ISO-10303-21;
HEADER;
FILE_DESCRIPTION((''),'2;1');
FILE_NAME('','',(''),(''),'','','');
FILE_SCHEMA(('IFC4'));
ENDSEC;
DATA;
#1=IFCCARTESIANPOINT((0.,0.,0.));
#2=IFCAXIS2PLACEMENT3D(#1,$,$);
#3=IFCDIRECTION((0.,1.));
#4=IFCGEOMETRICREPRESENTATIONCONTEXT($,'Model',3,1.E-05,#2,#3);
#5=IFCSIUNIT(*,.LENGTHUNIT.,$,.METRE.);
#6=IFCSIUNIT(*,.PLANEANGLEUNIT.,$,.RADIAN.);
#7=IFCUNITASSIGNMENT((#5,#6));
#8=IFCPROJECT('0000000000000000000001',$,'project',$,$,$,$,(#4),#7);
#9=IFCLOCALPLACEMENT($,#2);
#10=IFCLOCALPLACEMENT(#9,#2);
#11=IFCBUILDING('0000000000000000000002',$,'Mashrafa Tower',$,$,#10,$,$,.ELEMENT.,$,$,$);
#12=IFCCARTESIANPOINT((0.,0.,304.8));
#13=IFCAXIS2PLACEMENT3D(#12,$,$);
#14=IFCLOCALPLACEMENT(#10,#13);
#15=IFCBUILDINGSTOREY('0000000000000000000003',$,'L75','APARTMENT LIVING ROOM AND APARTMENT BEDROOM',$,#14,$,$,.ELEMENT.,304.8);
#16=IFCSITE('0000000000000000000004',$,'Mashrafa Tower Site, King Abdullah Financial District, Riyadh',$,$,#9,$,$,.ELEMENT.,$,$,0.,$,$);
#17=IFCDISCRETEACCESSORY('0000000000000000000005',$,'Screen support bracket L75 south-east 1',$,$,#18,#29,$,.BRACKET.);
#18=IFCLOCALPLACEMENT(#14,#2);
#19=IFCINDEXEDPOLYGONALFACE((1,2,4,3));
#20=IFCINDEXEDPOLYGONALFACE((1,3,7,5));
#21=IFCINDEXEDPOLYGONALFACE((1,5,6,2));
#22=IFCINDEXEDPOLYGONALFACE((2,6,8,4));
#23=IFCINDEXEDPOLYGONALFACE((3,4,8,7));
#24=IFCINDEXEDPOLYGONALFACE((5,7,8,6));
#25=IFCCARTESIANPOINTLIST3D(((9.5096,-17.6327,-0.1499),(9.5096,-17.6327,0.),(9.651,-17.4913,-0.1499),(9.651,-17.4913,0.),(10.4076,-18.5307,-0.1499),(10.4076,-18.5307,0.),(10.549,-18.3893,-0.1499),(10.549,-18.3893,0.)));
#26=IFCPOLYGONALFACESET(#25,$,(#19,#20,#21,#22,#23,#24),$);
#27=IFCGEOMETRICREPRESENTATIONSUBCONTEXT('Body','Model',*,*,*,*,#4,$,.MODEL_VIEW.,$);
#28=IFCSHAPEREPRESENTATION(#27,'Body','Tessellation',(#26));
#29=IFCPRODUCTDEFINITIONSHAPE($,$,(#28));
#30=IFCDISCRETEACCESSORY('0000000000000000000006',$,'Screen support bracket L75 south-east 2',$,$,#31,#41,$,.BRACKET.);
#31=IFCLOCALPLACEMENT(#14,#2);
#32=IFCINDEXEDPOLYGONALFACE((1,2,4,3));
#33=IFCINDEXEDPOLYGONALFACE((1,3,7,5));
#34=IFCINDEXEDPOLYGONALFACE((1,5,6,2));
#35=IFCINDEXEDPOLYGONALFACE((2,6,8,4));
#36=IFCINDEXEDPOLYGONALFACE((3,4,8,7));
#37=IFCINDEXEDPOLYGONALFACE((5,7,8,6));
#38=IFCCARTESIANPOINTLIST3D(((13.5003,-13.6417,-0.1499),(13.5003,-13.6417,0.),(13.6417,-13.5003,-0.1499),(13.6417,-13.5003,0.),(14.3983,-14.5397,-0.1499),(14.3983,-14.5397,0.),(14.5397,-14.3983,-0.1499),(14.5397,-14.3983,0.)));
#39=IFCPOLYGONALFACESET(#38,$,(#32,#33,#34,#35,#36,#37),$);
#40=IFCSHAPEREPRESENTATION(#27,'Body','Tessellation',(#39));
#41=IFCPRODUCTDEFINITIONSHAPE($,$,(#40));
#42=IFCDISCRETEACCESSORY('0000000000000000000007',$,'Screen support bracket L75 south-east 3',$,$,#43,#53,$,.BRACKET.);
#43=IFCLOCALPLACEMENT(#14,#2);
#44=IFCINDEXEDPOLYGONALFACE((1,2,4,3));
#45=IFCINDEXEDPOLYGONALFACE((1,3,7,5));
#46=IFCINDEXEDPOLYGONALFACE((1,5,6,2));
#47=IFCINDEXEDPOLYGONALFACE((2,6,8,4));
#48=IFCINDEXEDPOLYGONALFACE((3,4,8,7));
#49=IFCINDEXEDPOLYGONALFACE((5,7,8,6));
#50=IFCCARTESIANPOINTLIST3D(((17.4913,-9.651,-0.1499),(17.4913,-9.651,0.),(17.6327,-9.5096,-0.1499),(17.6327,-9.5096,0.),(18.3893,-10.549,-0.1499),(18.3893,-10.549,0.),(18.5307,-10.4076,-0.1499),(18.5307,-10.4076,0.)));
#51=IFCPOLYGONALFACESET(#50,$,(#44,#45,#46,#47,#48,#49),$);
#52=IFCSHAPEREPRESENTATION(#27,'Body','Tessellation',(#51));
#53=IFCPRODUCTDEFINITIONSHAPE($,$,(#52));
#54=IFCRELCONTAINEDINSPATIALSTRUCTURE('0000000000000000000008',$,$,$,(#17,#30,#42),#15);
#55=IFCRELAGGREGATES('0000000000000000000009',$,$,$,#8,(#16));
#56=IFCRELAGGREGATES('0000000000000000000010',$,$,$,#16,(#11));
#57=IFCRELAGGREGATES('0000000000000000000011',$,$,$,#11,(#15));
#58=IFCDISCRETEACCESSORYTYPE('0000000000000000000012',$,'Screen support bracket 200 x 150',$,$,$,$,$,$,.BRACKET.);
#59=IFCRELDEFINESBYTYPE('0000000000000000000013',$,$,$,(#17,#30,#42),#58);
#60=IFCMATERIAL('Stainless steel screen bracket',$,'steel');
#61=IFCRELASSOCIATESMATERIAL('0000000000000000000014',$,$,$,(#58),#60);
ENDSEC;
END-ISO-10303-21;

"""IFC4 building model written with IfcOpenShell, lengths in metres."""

from ifc_helpers import new_model, si_unit, direction, frame, origin, origin_2d, place, context, subcontext, project, spatial, rectangle, extrude, source, transform, mapped, material, type_object, type_shapes, element, save


model = new_model("IFC4")

# Units and contexts
model_context = context("Model", 3, precision=1e-05, world=origin(), true_north=direction((0.0, 1.0)))
body_context = subcontext(model_context, "Body", "Model", "MODEL_VIEW")
ifc_project = project(units=[si_unit("LENGTHUNIT", "METRE"), si_unit("PLANEANGLEUNIT", "RADIAN")], contexts=[model_context])

# Site, building, storey
site_placement = place(None, origin())
site = spatial("IfcSite", under=ifc_project, at=site_placement, Name="Mashrafa Tower Site, King Abdullah Financial District, Riyadh", CompositionType="ELEMENT", RefElevation=0.0)
building_placement = place(site_placement, origin())
building = spatial("IfcBuilding", under=site, at=building_placement, Name="Mashrafa Tower", CompositionType="ELEMENT")
storey_placement = place(building_placement, frame((0.0, 0.0, 304.8)))
storey = spatial("IfcBuildingStorey", under=building, at=storey_placement, Name="L75", Description="APARTMENT LIVING ROOM AND APARTMENT BEDROOM", CompositionType="ELEMENT", Elevation=304.8)

# Discrete accessories
ifc_material_1 = material(Name="Stainless steel screen bracket", Category="steel")
discrete_accessory_type = type_object("IfcDiscreteAccessoryType", Name="Screen support bracket 200 x 150", PredefinedType="BRACKET", material=ifc_material_1)
shared_shape_1 = source(origin(), body_context, "Body", "SweptSolid", [
    extrude(rectangle(XDim=0.2, YDim=1.27, at=origin_2d()), origin(), (0.0, 0.0, 1.0), 0.1499),
])
type_shapes(discrete_accessory_type, [shared_shape_1])
for number, where, z_axis, x_axis, name in (
    (1, (10.0293, -18.011, -0.1499), (0.0, 0.0, 1.0), (0.707107, 0.707107, 0.0), "Screen support bracket L75 south-east 1"),
    (2, (14.02, -14.02, -0.1499), (0.0, 0.0, 1.0), (0.707107, 0.707107, 0.0), "Screen support bracket L75 south-east 2"),
    (3, (18.011, -10.0293, -0.1499), (0.0, 0.0, 1.0), (0.707107, 0.707107, 0.0), "Screen support bracket L75 south-east 3"),
):
    element("IfcDiscreteAccessory", number, at=place(storey_placement, frame(where, z_axis=z_axis, x_axis=x_axis)), inside=storey, type_object=discrete_accessory_type, Name=name, PredefinedType="BRACKET", context=body_context, shape_type="MappedRepresentation", body=[
        mapped(shared_shape_1, transform((0.0, 0.0, 0.0))),
    ])

save(model, "model.ifc")
